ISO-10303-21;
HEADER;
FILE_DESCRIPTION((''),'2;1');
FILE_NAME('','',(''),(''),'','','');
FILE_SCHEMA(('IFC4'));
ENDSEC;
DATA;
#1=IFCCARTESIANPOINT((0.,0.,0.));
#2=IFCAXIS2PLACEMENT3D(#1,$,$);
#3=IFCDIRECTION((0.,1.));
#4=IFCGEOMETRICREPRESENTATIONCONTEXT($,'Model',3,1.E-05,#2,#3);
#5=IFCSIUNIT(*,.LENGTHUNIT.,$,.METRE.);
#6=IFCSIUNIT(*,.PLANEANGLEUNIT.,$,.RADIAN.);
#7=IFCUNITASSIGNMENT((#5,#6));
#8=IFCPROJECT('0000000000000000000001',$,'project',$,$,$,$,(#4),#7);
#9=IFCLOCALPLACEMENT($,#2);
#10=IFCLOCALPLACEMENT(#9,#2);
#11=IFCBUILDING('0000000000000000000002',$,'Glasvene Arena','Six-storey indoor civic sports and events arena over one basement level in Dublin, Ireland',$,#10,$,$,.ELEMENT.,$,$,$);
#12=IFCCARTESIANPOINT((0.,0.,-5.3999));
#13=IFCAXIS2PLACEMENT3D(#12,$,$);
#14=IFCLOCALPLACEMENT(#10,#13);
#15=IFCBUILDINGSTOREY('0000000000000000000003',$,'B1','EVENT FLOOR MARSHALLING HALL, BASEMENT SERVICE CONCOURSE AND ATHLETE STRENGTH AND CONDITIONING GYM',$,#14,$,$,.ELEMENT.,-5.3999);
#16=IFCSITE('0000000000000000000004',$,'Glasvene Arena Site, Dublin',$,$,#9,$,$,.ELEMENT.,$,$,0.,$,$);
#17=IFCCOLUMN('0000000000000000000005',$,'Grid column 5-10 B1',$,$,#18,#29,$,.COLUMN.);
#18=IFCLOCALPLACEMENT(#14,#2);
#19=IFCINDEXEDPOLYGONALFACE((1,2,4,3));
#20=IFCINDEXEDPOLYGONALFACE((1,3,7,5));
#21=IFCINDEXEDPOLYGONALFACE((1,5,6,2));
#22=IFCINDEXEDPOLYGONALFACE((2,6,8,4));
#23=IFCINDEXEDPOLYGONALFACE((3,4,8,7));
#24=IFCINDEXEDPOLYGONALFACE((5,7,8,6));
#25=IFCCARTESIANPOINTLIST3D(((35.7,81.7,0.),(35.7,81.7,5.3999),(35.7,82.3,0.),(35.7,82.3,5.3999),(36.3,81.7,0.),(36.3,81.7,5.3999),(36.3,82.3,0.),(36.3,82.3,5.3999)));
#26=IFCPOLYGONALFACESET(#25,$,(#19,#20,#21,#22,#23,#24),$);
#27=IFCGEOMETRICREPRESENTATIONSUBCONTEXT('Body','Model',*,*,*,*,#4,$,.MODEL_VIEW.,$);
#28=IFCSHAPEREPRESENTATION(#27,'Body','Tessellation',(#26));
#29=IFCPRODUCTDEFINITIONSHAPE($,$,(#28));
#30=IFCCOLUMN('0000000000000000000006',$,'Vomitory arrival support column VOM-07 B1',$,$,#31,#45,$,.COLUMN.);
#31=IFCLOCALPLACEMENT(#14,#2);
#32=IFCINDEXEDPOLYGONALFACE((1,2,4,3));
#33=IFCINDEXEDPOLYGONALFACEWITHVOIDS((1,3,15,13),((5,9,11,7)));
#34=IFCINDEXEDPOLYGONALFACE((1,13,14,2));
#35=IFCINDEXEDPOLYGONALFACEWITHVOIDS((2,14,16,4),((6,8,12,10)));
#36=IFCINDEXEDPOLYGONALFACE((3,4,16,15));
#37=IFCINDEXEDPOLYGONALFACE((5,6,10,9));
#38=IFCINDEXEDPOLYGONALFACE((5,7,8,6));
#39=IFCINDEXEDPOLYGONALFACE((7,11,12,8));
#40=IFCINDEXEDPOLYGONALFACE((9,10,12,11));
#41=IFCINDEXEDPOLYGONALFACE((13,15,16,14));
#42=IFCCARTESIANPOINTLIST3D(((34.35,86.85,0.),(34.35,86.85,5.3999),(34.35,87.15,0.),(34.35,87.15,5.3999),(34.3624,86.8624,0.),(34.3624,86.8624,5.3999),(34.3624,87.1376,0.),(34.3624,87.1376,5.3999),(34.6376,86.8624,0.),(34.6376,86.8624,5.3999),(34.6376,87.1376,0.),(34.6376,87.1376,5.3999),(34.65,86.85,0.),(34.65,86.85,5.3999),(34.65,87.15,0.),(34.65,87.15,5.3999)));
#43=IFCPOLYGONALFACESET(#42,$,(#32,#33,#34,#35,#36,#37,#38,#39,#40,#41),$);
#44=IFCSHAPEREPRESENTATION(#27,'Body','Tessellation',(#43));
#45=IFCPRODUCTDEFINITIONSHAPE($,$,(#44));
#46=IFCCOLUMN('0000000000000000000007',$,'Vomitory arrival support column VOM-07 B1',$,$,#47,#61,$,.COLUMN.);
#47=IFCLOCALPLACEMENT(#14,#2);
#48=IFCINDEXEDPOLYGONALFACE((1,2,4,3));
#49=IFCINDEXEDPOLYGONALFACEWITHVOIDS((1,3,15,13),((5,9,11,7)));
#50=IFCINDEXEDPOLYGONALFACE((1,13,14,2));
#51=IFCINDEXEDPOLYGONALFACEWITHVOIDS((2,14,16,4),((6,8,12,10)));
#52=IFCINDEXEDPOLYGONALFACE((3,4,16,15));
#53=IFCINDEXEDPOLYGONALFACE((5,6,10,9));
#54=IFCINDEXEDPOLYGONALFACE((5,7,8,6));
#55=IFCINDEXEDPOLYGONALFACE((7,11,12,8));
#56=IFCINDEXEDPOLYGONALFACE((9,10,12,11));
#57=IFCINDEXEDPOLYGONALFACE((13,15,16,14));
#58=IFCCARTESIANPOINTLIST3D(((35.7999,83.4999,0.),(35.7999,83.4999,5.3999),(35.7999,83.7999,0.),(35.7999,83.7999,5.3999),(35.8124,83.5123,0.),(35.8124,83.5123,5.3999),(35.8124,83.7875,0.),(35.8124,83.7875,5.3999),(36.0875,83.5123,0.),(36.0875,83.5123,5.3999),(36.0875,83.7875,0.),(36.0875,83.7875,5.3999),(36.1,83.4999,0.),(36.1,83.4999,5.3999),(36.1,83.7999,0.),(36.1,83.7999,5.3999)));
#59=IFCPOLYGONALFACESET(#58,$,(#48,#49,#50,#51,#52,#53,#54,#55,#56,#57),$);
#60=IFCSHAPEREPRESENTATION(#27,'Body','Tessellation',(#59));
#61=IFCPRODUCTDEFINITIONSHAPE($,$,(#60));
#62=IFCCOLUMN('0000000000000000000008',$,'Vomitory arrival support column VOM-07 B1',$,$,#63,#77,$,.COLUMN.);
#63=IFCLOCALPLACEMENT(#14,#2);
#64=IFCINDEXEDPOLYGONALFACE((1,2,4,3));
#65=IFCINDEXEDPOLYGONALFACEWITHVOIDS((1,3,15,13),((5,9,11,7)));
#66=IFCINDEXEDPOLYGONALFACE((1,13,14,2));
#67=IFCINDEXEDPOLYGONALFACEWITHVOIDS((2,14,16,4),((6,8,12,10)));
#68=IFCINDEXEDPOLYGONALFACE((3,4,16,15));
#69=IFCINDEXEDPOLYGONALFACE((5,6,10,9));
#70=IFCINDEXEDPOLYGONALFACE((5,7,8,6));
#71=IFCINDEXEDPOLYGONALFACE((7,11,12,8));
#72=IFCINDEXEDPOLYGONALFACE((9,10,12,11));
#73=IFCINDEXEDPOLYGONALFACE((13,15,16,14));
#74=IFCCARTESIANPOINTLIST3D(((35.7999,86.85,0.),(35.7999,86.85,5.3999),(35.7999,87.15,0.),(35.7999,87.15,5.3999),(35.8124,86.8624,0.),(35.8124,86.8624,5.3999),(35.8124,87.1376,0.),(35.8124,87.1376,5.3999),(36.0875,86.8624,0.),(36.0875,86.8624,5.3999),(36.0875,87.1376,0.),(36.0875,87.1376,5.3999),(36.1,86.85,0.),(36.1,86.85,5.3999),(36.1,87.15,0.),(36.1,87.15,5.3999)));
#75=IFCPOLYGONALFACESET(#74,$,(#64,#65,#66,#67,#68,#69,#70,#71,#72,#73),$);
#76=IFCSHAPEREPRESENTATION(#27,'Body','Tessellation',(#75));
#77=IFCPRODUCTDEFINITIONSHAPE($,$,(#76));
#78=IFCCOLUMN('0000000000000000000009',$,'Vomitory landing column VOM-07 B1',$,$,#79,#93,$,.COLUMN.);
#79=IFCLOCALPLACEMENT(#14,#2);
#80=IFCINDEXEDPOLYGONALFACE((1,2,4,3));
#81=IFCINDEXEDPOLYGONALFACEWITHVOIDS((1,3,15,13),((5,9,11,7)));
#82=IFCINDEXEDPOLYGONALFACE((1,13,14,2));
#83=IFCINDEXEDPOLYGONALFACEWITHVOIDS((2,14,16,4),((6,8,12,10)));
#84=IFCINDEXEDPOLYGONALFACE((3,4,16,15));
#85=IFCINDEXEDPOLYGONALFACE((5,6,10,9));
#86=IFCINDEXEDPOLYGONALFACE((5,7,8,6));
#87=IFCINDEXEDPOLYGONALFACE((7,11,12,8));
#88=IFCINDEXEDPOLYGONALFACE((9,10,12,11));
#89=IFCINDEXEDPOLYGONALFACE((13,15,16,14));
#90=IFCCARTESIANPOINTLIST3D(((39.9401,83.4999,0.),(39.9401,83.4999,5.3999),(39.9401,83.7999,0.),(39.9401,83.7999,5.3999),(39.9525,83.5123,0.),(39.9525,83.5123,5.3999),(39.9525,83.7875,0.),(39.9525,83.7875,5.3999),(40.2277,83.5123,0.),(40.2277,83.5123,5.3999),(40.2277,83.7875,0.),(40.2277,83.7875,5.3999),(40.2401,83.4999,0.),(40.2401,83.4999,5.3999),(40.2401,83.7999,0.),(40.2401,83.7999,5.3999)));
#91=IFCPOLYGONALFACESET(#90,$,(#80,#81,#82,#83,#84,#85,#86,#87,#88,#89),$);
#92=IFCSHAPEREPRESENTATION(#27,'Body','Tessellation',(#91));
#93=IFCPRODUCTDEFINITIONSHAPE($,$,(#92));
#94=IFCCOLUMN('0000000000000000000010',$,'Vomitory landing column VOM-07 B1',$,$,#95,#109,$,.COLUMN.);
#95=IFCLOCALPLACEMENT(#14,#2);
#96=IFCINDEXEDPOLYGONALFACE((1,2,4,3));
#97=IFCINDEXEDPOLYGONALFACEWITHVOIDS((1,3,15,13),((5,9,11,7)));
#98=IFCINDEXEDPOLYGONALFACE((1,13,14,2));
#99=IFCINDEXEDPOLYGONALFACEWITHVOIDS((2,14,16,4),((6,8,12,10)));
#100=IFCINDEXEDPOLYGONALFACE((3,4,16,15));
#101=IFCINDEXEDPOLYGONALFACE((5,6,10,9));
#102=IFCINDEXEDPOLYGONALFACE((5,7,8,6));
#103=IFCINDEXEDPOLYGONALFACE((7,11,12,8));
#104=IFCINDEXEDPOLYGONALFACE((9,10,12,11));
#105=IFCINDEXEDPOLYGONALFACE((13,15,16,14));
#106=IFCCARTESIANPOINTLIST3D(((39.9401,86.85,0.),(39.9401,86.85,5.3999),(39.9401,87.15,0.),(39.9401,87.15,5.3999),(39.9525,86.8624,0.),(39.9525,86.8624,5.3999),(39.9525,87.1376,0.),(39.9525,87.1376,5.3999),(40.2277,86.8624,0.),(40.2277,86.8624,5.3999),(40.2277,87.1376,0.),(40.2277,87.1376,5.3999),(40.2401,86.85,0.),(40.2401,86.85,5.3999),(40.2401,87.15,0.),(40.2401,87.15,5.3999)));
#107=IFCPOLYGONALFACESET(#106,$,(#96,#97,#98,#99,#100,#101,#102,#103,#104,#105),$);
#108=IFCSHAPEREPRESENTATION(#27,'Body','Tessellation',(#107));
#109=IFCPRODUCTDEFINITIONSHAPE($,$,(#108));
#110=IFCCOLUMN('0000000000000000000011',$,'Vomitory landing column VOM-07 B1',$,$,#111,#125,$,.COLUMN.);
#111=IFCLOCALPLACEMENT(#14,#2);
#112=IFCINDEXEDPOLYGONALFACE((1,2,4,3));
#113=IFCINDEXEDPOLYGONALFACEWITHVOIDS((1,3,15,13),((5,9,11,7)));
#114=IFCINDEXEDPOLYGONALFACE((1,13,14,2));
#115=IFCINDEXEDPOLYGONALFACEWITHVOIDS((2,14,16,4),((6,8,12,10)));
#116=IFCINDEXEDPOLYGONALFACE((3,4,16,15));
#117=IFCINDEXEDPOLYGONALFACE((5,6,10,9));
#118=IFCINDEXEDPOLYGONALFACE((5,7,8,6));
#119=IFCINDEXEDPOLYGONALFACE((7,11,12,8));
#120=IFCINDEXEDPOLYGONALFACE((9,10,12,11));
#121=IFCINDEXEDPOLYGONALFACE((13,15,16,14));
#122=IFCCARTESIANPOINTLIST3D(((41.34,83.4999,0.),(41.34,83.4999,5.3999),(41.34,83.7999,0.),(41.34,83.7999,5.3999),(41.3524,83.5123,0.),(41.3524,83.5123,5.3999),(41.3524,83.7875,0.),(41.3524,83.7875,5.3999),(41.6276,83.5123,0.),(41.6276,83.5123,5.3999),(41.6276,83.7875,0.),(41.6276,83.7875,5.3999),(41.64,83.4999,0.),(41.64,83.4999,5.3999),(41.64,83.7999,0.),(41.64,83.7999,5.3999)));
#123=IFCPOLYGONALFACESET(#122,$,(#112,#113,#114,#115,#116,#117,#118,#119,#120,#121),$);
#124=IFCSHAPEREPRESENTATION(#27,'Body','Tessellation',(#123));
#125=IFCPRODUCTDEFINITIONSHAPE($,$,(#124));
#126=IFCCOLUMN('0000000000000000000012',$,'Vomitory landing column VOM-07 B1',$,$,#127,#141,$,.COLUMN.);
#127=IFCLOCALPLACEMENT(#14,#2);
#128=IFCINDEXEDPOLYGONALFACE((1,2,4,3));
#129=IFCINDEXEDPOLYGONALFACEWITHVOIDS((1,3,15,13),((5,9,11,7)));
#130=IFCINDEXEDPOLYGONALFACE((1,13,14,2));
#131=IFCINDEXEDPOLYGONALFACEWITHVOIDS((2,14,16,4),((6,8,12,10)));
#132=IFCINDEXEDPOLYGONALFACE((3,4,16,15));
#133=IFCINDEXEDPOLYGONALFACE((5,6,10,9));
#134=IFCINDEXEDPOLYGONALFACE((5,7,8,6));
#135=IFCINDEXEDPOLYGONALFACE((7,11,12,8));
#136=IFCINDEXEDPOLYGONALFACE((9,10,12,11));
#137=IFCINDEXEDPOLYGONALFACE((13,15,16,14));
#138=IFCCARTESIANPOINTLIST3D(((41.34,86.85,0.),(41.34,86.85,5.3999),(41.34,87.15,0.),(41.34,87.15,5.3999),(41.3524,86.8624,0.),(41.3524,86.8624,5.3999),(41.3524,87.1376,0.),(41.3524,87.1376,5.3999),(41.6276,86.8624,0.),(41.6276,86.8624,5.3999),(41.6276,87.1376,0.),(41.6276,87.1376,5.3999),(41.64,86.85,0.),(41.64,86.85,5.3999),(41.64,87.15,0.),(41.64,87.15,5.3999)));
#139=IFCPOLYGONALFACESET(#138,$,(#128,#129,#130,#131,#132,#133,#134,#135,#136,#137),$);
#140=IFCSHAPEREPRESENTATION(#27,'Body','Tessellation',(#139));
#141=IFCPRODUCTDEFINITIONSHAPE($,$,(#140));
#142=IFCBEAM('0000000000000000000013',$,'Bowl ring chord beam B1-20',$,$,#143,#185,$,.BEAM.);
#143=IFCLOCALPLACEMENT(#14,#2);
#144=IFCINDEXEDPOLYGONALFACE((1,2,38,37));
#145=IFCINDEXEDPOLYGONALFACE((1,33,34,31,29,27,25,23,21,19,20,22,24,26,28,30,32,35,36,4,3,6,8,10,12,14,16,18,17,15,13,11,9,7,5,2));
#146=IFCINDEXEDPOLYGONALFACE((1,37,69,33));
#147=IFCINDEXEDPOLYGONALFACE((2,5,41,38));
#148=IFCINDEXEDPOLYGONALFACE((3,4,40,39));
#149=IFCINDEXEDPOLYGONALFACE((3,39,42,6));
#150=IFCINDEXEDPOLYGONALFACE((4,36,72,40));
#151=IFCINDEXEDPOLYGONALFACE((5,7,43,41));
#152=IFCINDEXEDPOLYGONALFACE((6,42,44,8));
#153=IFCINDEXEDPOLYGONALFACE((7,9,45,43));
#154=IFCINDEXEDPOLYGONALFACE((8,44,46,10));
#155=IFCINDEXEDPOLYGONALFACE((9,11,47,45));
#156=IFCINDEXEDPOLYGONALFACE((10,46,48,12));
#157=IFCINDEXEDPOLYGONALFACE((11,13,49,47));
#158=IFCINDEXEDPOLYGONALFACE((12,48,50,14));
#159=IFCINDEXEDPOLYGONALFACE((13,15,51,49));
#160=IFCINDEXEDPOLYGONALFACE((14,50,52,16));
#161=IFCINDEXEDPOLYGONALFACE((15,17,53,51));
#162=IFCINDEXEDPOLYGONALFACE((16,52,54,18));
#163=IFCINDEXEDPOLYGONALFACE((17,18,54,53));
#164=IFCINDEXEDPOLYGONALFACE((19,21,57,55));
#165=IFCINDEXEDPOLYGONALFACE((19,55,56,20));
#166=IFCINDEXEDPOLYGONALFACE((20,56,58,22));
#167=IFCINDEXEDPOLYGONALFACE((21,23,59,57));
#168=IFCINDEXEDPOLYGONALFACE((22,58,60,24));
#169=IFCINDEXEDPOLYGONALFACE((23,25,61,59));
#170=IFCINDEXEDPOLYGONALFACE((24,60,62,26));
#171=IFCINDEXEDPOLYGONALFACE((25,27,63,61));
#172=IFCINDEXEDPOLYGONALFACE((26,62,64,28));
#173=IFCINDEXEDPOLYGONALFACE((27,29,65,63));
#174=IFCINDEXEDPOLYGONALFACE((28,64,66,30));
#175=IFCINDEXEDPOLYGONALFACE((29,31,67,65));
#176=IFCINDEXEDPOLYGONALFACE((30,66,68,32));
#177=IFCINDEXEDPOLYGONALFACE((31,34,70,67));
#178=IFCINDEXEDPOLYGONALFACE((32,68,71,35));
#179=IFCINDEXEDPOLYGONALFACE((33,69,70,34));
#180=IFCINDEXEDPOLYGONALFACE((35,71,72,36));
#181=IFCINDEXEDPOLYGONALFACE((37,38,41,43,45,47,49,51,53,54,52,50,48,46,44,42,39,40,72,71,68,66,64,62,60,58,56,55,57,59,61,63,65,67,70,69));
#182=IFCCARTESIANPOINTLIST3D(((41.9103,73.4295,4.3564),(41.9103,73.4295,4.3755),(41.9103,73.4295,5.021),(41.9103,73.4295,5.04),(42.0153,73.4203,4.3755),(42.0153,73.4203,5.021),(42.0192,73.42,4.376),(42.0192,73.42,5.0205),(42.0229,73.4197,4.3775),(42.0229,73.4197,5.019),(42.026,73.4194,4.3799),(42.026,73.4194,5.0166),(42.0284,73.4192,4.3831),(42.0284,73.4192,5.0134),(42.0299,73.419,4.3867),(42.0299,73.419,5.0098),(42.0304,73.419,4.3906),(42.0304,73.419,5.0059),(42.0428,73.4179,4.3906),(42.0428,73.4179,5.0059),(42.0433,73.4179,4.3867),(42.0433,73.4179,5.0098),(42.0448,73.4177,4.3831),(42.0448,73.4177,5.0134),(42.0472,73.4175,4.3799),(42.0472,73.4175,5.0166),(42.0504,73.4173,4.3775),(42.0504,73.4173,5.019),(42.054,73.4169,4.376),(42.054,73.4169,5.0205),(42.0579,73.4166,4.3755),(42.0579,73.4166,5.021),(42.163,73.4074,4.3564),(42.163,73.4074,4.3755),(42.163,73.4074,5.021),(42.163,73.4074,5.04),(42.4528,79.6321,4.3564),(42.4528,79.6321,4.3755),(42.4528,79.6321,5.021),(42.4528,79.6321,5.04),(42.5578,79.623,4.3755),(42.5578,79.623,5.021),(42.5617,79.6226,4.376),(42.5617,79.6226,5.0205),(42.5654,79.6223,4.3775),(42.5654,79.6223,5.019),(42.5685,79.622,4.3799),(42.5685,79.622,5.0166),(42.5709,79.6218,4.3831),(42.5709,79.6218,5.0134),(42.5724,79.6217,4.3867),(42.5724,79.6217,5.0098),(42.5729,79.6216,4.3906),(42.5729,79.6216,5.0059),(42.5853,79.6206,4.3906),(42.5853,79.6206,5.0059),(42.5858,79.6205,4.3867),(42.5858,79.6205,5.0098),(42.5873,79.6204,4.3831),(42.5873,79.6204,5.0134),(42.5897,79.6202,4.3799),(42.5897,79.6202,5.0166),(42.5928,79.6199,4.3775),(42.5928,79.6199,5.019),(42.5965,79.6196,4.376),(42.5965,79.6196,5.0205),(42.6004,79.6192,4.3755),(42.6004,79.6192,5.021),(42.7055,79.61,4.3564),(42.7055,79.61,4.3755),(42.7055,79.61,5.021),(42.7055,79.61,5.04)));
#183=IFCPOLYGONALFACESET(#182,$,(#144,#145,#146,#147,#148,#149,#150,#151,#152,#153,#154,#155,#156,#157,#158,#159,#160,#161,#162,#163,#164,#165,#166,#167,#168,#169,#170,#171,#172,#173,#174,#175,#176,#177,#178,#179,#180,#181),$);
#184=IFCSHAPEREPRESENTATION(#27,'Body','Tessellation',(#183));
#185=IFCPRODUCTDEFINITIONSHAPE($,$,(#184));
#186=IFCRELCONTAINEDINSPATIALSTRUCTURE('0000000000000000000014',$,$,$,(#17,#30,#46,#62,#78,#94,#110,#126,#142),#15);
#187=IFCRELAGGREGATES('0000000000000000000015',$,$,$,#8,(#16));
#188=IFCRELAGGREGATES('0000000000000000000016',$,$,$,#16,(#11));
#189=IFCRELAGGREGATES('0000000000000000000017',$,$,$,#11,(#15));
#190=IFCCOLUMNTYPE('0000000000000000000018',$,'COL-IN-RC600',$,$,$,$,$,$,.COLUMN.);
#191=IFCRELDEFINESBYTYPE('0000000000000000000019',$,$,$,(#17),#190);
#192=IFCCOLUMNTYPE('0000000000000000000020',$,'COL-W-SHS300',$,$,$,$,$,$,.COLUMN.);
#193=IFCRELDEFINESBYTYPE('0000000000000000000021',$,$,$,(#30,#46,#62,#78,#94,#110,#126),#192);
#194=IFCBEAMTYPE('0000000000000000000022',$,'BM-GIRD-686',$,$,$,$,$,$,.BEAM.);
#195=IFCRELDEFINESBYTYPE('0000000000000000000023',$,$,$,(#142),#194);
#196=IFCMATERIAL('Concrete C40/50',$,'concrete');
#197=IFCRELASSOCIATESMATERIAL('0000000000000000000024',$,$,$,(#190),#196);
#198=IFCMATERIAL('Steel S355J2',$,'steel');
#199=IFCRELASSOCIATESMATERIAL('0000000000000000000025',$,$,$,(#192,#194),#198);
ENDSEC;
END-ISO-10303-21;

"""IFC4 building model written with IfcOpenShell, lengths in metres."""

from ifc_helpers import new_model, si_unit, direction, frame, origin, origin_2d, place, context, subcontext, project, spatial, rectangle, hollow_rectangle, i_section, extrude, material, material_profile, profile_set, type_object, element, save


model = new_model("IFC4")

# Units and contexts
model_context = context("Model", 3, precision=1e-05, world=origin(), true_north=direction((0.0, 1.0)))
body_context = subcontext(model_context, "Body", "Model", "MODEL_VIEW")
ifc_project = project(units=[si_unit("LENGTHUNIT", "METRE"), si_unit("PLANEANGLEUNIT", "RADIAN")], contexts=[model_context])

# Site, building, storey
site_placement = place(None, origin())
site = spatial("IfcSite", under=ifc_project, at=site_placement, Name="Glasvene Arena Site, Dublin", CompositionType="ELEMENT", RefElevation=0.0)
building_placement = place(site_placement, origin())
building = spatial("IfcBuilding", under=site, at=building_placement, Name="Glasvene Arena", Description="Six-storey indoor civic sports and events arena over one basement level in Dublin, Ireland", CompositionType="ELEMENT")
storey_placement = place(building_placement, frame((0.0, 0.0, -5.3999)))
storey = spatial("IfcBuildingStorey", under=building, at=storey_placement, Name="B1", Description="EVENT FLOOR MARSHALLING HALL, BASEMENT SERVICE CONCOURSE AND ATHLETE STRENGTH AND CONDITIONING GYM", CompositionType="ELEMENT", Elevation=-5.3999)

# Shared definitions
ifc_material_1 = material(Name="Concrete C40/50", Category="concrete")

# Columns
ifc_material_profile_1 = material_profile(ifc_material_1, rectangle(XDim=0.6001, YDim=0.6001, at=origin_2d()), Name="RC 600x600")
ifc_profile_set_1 = profile_set([ifc_material_profile_1], Name="Concrete C40/50")
column_type_1 = type_object("IfcColumnType", Name="COL-IN-RC600", PredefinedType="COLUMN", material=ifc_profile_set_1)
column_1_placement = place(storey_placement, frame((36.0, 82.0, 0.0), z_axis=(0.0, 0.0, 1.0), x_axis=(1.0, 0.0, 0.0)))
element("IfcColumn", 1, at=column_1_placement, inside=storey, type_object=column_type_1, Name="Grid column 5-10 B1", PredefinedType="COLUMN", context=body_context, shape_type="SweptSolid", body=[
    extrude(rectangle(XDim=0.6001, YDim=0.6001, at=origin_2d()), origin(), (0.0, 0.0, 1.0), 5.3999),
])
ifc_material_2 = material(Name="Steel S355J2", Category="steel")
ifc_material_profile_2 = material_profile(ifc_material_2, hollow_rectangle(XDim=0.3, YDim=0.3, WallThickness=0.0125, at=origin_2d()), Name="SHS 300x300x12.5")
ifc_profile_set_2 = profile_set([ifc_material_profile_2], Name="Steel S355J2")
column_type_2 = type_object("IfcColumnType", Name="COL-W-SHS300", PredefinedType="COLUMN", material=ifc_profile_set_2)
for number, where, z_axis, x_axis, name in (
    (2, (34.5, 87.0, 0.0), (0.0, 0.0, 1.0), (1.0, 0.0, 0.0), "Vomitory arrival support column VOM-07 B1"),
    (3, (35.95, 83.6499, 0.0), (0.0, 0.0, 1.0), (1.0, 0.0, 0.0), "Vomitory arrival support column VOM-07 B1"),
    (4, (35.95, 87.0, 0.0), (0.0, 0.0, 1.0), (1.0, 0.0, 0.0), "Vomitory arrival support column VOM-07 B1"),
    (5, (40.0901, 83.6499, 0.0), (0.0, 0.0, 1.0), (1.0, 0.0, 0.0), "Vomitory landing column VOM-07 B1"),
    (6, (40.0901, 87.0, 0.0), (0.0, 0.0, 1.0), (1.0, 0.0, 0.0), "Vomitory landing column VOM-07 B1"),
    (7, (41.49, 83.6499, 0.0), (0.0, 0.0, 1.0), (1.0, 0.0, 0.0), "Vomitory landing column VOM-07 B1"),
    (8, (41.49, 87.0, 0.0), (0.0, 0.0, 1.0), (1.0, 0.0, 0.0), "Vomitory landing column VOM-07 B1"),
):
    element("IfcColumn", number, at=place(storey_placement, frame(where, z_axis=z_axis, x_axis=x_axis)), inside=storey, type_object=column_type_2, Name=name, PredefinedType="COLUMN", context=body_context, shape_type="SweptSolid", body=[
        extrude(hollow_rectangle(XDim=0.3, YDim=0.3, WallThickness=0.0125, at=origin_2d()), origin(), (0.0, 0.0, 1.0), 5.3999),
    ])

# Beam
ifc_material_profile_3 = material_profile(ifc_material_2, i_section(OverallWidth=0.2537, OverallDepth=0.6836, WebThickness=0.0125, FlangeThickness=0.019, FilletRadius=0.0151, at=origin_2d()), Name="UKB 686x254x140")
ifc_profile_set_3 = profile_set([ifc_material_profile_3], Name="Steel S355J2")
beam_type = type_object("IfcBeamType", Name="BM-GIRD-686", PredefinedType="BEAM", material=ifc_profile_set_3)
beam_placement = place(storey_placement, frame((42.5791, 79.6211, 4.6982), z_axis=(-0.087127, -0.996197, 0.0), x_axis=(0.996197, -0.087127, 0.0)))
element("IfcBeam", 9, at=beam_placement, inside=storey, type_object=beam_type, Name="Bowl ring chord beam B1-20", PredefinedType="BEAM", context=body_context, shape_type="SweptSolid", body=[
    extrude(i_section(OverallWidth=0.2537, OverallDepth=0.6836, WebThickness=0.0125, FlangeThickness=0.019, FilletRadius=0.0151, at=origin_2d()), origin(), (0.0, 0.0, 1.0), 6.2263),
])

save(model, "model.ifc")
